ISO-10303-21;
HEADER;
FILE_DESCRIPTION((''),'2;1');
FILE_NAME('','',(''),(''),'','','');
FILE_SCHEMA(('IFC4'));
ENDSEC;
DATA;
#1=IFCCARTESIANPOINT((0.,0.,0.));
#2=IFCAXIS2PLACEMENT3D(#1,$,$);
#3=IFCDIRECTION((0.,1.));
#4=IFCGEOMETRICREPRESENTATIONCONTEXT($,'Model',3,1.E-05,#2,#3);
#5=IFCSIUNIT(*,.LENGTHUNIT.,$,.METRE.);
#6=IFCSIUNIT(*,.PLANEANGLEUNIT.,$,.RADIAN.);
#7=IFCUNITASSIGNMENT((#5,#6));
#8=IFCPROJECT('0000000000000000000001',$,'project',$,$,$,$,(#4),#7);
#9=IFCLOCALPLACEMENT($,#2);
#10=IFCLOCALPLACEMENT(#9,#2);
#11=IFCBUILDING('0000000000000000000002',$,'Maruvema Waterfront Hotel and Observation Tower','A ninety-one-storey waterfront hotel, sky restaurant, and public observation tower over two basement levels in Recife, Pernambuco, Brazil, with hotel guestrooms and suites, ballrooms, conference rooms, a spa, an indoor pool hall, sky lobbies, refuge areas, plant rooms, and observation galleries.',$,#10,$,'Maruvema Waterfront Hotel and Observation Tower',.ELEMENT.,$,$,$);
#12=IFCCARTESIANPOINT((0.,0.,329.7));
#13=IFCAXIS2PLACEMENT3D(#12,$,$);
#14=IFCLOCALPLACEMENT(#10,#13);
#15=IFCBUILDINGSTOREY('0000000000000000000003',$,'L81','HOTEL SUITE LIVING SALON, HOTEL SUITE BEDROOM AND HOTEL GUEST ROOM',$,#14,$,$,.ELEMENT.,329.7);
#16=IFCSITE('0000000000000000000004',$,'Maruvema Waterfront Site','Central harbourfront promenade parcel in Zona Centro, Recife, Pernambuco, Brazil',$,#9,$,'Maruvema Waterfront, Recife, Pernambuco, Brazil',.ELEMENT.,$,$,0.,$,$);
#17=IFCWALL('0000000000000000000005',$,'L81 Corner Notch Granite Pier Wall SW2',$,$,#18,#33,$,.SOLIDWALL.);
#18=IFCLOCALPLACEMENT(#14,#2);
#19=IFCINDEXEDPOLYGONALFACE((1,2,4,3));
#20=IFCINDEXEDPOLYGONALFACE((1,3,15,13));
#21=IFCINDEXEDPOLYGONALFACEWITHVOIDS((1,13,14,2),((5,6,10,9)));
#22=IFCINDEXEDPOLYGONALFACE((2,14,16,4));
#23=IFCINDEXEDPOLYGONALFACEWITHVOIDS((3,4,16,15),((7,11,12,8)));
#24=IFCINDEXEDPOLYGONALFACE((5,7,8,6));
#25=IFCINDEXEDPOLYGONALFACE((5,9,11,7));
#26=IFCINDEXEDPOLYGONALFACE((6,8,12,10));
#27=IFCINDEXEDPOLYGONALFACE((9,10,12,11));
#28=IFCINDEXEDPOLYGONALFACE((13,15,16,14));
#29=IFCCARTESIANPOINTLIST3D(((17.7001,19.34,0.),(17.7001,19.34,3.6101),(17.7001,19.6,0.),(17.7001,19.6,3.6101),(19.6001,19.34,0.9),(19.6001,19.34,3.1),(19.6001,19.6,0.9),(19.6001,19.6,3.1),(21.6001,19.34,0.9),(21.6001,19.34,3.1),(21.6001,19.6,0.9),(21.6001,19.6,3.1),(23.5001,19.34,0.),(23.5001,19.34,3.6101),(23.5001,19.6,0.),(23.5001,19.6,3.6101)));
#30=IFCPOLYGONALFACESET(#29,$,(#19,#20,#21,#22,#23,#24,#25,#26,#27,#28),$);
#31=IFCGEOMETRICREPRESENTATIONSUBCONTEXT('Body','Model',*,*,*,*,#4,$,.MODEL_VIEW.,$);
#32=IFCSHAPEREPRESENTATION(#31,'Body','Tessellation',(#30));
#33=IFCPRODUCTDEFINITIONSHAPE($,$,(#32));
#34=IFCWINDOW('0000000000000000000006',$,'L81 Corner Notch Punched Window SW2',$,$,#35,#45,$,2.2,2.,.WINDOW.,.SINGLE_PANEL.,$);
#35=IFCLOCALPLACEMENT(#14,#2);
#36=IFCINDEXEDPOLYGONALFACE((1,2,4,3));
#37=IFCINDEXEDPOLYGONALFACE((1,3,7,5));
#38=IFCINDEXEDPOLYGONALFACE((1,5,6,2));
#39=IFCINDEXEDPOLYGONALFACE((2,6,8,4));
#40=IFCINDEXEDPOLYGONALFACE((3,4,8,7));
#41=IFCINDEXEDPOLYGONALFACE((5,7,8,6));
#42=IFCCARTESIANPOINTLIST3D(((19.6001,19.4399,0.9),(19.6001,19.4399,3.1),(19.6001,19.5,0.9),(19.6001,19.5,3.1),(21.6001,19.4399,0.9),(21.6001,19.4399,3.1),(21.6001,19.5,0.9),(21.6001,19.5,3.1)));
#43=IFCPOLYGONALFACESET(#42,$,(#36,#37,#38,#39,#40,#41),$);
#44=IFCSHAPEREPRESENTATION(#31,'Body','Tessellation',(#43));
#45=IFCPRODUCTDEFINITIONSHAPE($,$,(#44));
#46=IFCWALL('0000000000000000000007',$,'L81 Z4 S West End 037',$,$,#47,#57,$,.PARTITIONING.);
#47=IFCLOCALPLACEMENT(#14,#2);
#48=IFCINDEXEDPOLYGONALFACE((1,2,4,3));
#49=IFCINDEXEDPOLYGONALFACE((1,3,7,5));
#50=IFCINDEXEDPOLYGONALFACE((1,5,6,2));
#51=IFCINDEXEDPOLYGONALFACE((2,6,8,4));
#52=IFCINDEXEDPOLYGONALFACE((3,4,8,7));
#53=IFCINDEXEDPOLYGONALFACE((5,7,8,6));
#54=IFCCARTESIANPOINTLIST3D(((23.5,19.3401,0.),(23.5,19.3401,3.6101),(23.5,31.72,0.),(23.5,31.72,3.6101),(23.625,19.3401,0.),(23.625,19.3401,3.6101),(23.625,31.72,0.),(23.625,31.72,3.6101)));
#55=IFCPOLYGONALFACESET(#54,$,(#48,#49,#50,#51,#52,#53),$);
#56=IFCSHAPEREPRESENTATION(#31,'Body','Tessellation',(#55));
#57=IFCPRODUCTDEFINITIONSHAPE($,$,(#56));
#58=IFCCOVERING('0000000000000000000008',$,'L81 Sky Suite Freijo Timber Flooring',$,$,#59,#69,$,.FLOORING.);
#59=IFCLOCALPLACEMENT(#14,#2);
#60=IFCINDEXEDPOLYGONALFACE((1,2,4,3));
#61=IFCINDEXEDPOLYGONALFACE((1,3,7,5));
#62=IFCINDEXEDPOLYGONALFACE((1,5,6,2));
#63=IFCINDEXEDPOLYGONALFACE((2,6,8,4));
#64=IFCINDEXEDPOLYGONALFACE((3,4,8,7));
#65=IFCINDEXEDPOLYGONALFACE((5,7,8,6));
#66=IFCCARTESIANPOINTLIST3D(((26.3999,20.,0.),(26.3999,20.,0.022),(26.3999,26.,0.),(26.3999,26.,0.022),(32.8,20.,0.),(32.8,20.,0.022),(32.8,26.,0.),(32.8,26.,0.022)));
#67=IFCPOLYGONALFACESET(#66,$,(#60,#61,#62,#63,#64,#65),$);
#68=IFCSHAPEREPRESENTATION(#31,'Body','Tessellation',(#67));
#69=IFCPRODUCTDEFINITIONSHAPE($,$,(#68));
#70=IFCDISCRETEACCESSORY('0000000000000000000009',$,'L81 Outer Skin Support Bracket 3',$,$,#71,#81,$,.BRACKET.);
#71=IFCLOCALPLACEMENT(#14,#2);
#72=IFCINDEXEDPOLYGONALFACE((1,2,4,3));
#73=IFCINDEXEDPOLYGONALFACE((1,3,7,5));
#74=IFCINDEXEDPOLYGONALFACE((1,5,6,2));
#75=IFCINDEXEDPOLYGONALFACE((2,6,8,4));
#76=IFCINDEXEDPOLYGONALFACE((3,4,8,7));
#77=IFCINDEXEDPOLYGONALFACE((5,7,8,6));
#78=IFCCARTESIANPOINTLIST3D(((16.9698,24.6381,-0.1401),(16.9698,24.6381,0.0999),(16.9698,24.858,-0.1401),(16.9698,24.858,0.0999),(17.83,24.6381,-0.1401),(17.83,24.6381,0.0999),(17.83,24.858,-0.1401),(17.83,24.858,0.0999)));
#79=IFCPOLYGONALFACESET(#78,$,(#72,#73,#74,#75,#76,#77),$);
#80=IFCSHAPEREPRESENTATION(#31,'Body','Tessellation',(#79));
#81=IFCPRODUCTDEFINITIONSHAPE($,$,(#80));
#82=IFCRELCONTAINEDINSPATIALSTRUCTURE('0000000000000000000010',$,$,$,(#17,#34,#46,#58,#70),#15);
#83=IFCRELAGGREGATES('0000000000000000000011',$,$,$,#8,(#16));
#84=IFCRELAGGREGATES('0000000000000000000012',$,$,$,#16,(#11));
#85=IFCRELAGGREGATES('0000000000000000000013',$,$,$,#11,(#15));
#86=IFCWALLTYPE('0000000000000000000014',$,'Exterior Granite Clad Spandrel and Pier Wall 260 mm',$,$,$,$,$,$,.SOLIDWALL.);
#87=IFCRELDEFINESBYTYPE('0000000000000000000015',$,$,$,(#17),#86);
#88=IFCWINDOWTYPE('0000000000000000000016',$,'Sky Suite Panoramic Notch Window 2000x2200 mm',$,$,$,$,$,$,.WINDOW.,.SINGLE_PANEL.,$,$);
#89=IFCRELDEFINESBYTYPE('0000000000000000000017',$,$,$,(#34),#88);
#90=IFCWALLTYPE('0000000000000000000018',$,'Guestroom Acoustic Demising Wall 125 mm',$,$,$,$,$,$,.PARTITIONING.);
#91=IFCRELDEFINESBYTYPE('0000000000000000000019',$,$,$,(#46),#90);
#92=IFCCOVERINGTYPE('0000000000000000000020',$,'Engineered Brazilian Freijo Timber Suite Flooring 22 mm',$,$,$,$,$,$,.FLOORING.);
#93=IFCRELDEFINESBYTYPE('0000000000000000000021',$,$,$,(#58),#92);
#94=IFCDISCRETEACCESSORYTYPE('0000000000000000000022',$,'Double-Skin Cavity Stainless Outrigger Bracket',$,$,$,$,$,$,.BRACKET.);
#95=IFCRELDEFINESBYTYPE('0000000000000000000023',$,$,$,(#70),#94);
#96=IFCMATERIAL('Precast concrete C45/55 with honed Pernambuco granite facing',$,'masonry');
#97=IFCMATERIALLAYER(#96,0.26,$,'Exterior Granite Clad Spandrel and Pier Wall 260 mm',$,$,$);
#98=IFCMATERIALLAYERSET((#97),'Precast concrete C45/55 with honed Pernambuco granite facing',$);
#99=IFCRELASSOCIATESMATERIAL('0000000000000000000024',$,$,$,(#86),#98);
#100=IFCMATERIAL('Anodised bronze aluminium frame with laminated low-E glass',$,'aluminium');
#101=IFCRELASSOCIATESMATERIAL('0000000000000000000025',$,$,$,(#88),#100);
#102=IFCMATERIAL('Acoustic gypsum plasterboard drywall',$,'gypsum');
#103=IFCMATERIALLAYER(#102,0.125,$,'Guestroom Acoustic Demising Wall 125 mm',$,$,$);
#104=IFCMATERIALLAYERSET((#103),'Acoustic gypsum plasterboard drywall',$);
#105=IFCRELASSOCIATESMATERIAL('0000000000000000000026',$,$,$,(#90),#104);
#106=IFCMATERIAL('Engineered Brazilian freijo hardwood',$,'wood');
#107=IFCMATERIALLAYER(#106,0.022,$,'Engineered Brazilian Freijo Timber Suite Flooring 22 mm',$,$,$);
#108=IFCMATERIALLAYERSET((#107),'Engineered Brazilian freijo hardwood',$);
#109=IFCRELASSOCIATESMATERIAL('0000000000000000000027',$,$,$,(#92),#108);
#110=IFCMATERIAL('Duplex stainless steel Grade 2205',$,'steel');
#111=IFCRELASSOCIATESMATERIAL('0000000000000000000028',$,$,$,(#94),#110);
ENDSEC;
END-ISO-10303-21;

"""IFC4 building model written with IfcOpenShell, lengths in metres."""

from ifc_helpers import new_model, si_unit, direction, frame, frame_2d, origin, origin_2d, place, context, subcontext, project, spatial, polyline, rectangle, outline, extrude, material, layer, layer_set, type_object, element, fill, save


model = new_model("IFC4")

# Units and contexts
model_context = context("Model", 3, precision=1e-05, world=origin(), true_north=direction((0.0, 1.0)))
body_context = subcontext(model_context, "Body", "Model", "MODEL_VIEW")
ifc_project = project(units=[si_unit("LENGTHUNIT", "METRE"), si_unit("PLANEANGLEUNIT", "RADIAN")], contexts=[model_context])

# Site, building, storey
site_placement = place(None, origin())
site = spatial("IfcSite", under=ifc_project, at=site_placement, Name="Maruvema Waterfront Site", Description="Central harbourfront promenade parcel in Zona Centro, Recife, Pernambuco, Brazil", LongName="Maruvema Waterfront, Recife, Pernambuco, Brazil", CompositionType="ELEMENT", RefElevation=0.0)
building_placement = place(site_placement, origin())
building = spatial("IfcBuilding", under=site, at=building_placement, Name="Maruvema Waterfront Hotel and Observation Tower", Description="A ninety-one-storey waterfront hotel, sky restaurant, and public observation tower over two basement levels in Recife, Pernambuco, Brazil, with hotel guestrooms and suites, ballrooms, conference rooms, a spa, an indoor pool hall, sky lobbies, refuge areas, plant rooms, and observation galleries.", LongName="Maruvema Waterfront Hotel and Observation Tower", CompositionType="ELEMENT")
storey_placement = place(building_placement, frame((0.0, 0.0, 329.7)))
storey = spatial("IfcBuildingStorey", under=building, at=storey_placement, Name="L81", Description="HOTEL SUITE LIVING SALON, HOTEL SUITE BEDROOM AND HOTEL GUEST ROOM", CompositionType="ELEMENT", Elevation=329.7)

# Shared definitions
ifc_material_1 = material(Name="Precast concrete C45/55 with honed Pernambuco granite facing", Category="masonry")
ifc_layer_1 = layer(ifc_material_1, 0.26, Name="Exterior Granite Clad Spandrel and Pier Wall 260 mm")
ifc_layer_set_1 = layer_set([ifc_layer_1], Name="Precast concrete C45/55 with honed Pernambuco granite facing")
wall_type_1 = type_object("IfcWallType", Name="Exterior Granite Clad Spandrel and Pier Wall 260 mm", PredefinedType="SOLIDWALL", material=ifc_layer_set_1)

# Wall, opening, window
wall_1_placement = place(storey_placement, frame((23.5, 19.47, 0.0), z_axis=(0.0, 0.0, 1.0), x_axis=(-1.0, 0.0, 0.0)))
wall_1 = element("IfcWall", 1, at=wall_1_placement, inside=storey, type_object=wall_type_1, Name="L81 Corner Notch Granite Pier Wall SW2", PredefinedType="SOLIDWALL", context=body_context, shape_type="SweptSolid", body=[
    extrude(rectangle(XDim=5.8, YDim=0.26, at=frame_2d((2.8999, 0.0))), origin(), (0.0, 0.0, 1.0), 3.6101),
])
opening_1_placement = place(wall_1_placement, frame((1.8999, 0.0, 0.8999)))
opening_1 = element("IfcOpeningElement", 2, at=opening_1_placement, cuts=wall_1, PredefinedType="OPENING", context=body_context, shape_type="SweptSolid", body=[
    extrude(rectangle(XDim=2.0, YDim=2.2, at=frame_2d((1.0, 1.1001))), frame((0.0, 0.1401, 0.0), z_axis=(0.0, -1.0, 0.0), x_axis=(1.0, 0.0, 0.0)), (0.0, 0.0, 1.0), 0.28),
])
ifc_material_2 = material(Name="Anodised bronze aluminium frame with laminated low-E glass", Category="aluminium")
window_type = type_object("IfcWindowType", Name="Sky Suite Panoramic Notch Window 2000x2200 mm", PartitioningType="SINGLE_PANEL", PredefinedType="WINDOW", material=ifc_material_2)
window_placement = place(opening_1_placement, origin())
window = element("IfcWindow", 3, at=window_placement, inside=storey, type_object=window_type, Name="L81 Corner Notch Punched Window SW2", OverallHeight=2.2, OverallWidth=2.0, PartitioningType="SINGLE_PANEL", PredefinedType="WINDOW", context=body_context, shape_type="SweptSolid", body=[
    extrude(rectangle(XDim=2.0, YDim=2.2, at=frame_2d((1.0, 1.1001))), frame((0.0, 0.03, 0.0), z_axis=(0.0, -1.0, 0.0), x_axis=(1.0, 0.0, 0.0)), (0.0, 0.0, 1.0), 0.0601),
])
fill(opening_1, window)

# Wall
ifc_material_3 = material(Name="Acoustic gypsum plasterboard drywall", Category="gypsum")
ifc_layer_2 = layer(ifc_material_3, 0.125, Name="Guestroom Acoustic Demising Wall 125 mm")
ifc_layer_set_2 = layer_set([ifc_layer_2], Name="Acoustic gypsum plasterboard drywall")
wall_type_2 = type_object("IfcWallType", Name="Guestroom Acoustic Demising Wall 125 mm", PredefinedType="PARTITIONING", material=ifc_layer_set_2)
wall_2_placement = place(storey_placement, frame((23.5625, 19.3401, 0.0), z_axis=(0.0, 0.0, 1.0), x_axis=(0.0, 1.0, 0.0)))
element("IfcWall", 4, at=wall_2_placement, inside=storey, type_object=wall_type_2, Name="L81 Z4 S West End 037", PredefinedType="PARTITIONING", context=body_context, shape_type="SweptSolid", body=[
    extrude(rectangle(XDim=12.3799, YDim=0.125, at=frame_2d((6.1899, 0.0))), origin(), (0.0, 0.0, 1.0), 3.6101),
])

# Covering
ifc_material_4 = material(Name="Engineered Brazilian freijo hardwood", Category="wood")
ifc_layer_3 = layer(ifc_material_4, 0.022, Name="Engineered Brazilian Freijo Timber Suite Flooring 22 mm")
ifc_layer_set_3 = layer_set([ifc_layer_3], Name="Engineered Brazilian freijo hardwood")
covering_type = type_object("IfcCoveringType", Name="Engineered Brazilian Freijo Timber Suite Flooring 22 mm", PredefinedType="FLOORING", material=ifc_layer_set_3)
covering_placement = place(storey_placement, origin())
element("IfcCovering", 5, at=covering_placement, inside=storey, type_object=covering_type, Name="L81 Sky Suite Freijo Timber Flooring", PredefinedType="FLOORING", context=body_context, shape_type="SweptSolid", body=[
    extrude(outline(polyline([(26.3999, 20.0), (32.8, 20.0), (32.8, 26.0), (26.3999, 26.0), (26.3999, 20.0)])), origin(), (0.0, 0.0, 1.0), 0.022),
])

# Discrete accessory
ifc_material_5 = material(Name="Duplex stainless steel Grade 2205", Category="steel")
discrete_accessory_type = type_object("IfcDiscreteAccessoryType", Name="Double-Skin Cavity Stainless Outrigger Bracket", PredefinedType="BRACKET", material=ifc_material_5)
discrete_accessory_placement = place(storey_placement, frame((17.3999, 24.748, -0.1401), z_axis=(0.0, 0.0, 1.0), x_axis=(0.0, -1.0, 0.0)))
element("IfcDiscreteAccessory", 6, at=discrete_accessory_placement, inside=storey, type_object=discrete_accessory_type, Name="L81 Outer Skin Support Bracket 3", PredefinedType="BRACKET", context=body_context, shape_type="SweptSolid", body=[
    extrude(rectangle(XDim=0.22, YDim=0.8601, at=origin_2d()), origin(), (0.0, 0.0, 1.0), 0.24),
])

save(model, "model.ifc")
